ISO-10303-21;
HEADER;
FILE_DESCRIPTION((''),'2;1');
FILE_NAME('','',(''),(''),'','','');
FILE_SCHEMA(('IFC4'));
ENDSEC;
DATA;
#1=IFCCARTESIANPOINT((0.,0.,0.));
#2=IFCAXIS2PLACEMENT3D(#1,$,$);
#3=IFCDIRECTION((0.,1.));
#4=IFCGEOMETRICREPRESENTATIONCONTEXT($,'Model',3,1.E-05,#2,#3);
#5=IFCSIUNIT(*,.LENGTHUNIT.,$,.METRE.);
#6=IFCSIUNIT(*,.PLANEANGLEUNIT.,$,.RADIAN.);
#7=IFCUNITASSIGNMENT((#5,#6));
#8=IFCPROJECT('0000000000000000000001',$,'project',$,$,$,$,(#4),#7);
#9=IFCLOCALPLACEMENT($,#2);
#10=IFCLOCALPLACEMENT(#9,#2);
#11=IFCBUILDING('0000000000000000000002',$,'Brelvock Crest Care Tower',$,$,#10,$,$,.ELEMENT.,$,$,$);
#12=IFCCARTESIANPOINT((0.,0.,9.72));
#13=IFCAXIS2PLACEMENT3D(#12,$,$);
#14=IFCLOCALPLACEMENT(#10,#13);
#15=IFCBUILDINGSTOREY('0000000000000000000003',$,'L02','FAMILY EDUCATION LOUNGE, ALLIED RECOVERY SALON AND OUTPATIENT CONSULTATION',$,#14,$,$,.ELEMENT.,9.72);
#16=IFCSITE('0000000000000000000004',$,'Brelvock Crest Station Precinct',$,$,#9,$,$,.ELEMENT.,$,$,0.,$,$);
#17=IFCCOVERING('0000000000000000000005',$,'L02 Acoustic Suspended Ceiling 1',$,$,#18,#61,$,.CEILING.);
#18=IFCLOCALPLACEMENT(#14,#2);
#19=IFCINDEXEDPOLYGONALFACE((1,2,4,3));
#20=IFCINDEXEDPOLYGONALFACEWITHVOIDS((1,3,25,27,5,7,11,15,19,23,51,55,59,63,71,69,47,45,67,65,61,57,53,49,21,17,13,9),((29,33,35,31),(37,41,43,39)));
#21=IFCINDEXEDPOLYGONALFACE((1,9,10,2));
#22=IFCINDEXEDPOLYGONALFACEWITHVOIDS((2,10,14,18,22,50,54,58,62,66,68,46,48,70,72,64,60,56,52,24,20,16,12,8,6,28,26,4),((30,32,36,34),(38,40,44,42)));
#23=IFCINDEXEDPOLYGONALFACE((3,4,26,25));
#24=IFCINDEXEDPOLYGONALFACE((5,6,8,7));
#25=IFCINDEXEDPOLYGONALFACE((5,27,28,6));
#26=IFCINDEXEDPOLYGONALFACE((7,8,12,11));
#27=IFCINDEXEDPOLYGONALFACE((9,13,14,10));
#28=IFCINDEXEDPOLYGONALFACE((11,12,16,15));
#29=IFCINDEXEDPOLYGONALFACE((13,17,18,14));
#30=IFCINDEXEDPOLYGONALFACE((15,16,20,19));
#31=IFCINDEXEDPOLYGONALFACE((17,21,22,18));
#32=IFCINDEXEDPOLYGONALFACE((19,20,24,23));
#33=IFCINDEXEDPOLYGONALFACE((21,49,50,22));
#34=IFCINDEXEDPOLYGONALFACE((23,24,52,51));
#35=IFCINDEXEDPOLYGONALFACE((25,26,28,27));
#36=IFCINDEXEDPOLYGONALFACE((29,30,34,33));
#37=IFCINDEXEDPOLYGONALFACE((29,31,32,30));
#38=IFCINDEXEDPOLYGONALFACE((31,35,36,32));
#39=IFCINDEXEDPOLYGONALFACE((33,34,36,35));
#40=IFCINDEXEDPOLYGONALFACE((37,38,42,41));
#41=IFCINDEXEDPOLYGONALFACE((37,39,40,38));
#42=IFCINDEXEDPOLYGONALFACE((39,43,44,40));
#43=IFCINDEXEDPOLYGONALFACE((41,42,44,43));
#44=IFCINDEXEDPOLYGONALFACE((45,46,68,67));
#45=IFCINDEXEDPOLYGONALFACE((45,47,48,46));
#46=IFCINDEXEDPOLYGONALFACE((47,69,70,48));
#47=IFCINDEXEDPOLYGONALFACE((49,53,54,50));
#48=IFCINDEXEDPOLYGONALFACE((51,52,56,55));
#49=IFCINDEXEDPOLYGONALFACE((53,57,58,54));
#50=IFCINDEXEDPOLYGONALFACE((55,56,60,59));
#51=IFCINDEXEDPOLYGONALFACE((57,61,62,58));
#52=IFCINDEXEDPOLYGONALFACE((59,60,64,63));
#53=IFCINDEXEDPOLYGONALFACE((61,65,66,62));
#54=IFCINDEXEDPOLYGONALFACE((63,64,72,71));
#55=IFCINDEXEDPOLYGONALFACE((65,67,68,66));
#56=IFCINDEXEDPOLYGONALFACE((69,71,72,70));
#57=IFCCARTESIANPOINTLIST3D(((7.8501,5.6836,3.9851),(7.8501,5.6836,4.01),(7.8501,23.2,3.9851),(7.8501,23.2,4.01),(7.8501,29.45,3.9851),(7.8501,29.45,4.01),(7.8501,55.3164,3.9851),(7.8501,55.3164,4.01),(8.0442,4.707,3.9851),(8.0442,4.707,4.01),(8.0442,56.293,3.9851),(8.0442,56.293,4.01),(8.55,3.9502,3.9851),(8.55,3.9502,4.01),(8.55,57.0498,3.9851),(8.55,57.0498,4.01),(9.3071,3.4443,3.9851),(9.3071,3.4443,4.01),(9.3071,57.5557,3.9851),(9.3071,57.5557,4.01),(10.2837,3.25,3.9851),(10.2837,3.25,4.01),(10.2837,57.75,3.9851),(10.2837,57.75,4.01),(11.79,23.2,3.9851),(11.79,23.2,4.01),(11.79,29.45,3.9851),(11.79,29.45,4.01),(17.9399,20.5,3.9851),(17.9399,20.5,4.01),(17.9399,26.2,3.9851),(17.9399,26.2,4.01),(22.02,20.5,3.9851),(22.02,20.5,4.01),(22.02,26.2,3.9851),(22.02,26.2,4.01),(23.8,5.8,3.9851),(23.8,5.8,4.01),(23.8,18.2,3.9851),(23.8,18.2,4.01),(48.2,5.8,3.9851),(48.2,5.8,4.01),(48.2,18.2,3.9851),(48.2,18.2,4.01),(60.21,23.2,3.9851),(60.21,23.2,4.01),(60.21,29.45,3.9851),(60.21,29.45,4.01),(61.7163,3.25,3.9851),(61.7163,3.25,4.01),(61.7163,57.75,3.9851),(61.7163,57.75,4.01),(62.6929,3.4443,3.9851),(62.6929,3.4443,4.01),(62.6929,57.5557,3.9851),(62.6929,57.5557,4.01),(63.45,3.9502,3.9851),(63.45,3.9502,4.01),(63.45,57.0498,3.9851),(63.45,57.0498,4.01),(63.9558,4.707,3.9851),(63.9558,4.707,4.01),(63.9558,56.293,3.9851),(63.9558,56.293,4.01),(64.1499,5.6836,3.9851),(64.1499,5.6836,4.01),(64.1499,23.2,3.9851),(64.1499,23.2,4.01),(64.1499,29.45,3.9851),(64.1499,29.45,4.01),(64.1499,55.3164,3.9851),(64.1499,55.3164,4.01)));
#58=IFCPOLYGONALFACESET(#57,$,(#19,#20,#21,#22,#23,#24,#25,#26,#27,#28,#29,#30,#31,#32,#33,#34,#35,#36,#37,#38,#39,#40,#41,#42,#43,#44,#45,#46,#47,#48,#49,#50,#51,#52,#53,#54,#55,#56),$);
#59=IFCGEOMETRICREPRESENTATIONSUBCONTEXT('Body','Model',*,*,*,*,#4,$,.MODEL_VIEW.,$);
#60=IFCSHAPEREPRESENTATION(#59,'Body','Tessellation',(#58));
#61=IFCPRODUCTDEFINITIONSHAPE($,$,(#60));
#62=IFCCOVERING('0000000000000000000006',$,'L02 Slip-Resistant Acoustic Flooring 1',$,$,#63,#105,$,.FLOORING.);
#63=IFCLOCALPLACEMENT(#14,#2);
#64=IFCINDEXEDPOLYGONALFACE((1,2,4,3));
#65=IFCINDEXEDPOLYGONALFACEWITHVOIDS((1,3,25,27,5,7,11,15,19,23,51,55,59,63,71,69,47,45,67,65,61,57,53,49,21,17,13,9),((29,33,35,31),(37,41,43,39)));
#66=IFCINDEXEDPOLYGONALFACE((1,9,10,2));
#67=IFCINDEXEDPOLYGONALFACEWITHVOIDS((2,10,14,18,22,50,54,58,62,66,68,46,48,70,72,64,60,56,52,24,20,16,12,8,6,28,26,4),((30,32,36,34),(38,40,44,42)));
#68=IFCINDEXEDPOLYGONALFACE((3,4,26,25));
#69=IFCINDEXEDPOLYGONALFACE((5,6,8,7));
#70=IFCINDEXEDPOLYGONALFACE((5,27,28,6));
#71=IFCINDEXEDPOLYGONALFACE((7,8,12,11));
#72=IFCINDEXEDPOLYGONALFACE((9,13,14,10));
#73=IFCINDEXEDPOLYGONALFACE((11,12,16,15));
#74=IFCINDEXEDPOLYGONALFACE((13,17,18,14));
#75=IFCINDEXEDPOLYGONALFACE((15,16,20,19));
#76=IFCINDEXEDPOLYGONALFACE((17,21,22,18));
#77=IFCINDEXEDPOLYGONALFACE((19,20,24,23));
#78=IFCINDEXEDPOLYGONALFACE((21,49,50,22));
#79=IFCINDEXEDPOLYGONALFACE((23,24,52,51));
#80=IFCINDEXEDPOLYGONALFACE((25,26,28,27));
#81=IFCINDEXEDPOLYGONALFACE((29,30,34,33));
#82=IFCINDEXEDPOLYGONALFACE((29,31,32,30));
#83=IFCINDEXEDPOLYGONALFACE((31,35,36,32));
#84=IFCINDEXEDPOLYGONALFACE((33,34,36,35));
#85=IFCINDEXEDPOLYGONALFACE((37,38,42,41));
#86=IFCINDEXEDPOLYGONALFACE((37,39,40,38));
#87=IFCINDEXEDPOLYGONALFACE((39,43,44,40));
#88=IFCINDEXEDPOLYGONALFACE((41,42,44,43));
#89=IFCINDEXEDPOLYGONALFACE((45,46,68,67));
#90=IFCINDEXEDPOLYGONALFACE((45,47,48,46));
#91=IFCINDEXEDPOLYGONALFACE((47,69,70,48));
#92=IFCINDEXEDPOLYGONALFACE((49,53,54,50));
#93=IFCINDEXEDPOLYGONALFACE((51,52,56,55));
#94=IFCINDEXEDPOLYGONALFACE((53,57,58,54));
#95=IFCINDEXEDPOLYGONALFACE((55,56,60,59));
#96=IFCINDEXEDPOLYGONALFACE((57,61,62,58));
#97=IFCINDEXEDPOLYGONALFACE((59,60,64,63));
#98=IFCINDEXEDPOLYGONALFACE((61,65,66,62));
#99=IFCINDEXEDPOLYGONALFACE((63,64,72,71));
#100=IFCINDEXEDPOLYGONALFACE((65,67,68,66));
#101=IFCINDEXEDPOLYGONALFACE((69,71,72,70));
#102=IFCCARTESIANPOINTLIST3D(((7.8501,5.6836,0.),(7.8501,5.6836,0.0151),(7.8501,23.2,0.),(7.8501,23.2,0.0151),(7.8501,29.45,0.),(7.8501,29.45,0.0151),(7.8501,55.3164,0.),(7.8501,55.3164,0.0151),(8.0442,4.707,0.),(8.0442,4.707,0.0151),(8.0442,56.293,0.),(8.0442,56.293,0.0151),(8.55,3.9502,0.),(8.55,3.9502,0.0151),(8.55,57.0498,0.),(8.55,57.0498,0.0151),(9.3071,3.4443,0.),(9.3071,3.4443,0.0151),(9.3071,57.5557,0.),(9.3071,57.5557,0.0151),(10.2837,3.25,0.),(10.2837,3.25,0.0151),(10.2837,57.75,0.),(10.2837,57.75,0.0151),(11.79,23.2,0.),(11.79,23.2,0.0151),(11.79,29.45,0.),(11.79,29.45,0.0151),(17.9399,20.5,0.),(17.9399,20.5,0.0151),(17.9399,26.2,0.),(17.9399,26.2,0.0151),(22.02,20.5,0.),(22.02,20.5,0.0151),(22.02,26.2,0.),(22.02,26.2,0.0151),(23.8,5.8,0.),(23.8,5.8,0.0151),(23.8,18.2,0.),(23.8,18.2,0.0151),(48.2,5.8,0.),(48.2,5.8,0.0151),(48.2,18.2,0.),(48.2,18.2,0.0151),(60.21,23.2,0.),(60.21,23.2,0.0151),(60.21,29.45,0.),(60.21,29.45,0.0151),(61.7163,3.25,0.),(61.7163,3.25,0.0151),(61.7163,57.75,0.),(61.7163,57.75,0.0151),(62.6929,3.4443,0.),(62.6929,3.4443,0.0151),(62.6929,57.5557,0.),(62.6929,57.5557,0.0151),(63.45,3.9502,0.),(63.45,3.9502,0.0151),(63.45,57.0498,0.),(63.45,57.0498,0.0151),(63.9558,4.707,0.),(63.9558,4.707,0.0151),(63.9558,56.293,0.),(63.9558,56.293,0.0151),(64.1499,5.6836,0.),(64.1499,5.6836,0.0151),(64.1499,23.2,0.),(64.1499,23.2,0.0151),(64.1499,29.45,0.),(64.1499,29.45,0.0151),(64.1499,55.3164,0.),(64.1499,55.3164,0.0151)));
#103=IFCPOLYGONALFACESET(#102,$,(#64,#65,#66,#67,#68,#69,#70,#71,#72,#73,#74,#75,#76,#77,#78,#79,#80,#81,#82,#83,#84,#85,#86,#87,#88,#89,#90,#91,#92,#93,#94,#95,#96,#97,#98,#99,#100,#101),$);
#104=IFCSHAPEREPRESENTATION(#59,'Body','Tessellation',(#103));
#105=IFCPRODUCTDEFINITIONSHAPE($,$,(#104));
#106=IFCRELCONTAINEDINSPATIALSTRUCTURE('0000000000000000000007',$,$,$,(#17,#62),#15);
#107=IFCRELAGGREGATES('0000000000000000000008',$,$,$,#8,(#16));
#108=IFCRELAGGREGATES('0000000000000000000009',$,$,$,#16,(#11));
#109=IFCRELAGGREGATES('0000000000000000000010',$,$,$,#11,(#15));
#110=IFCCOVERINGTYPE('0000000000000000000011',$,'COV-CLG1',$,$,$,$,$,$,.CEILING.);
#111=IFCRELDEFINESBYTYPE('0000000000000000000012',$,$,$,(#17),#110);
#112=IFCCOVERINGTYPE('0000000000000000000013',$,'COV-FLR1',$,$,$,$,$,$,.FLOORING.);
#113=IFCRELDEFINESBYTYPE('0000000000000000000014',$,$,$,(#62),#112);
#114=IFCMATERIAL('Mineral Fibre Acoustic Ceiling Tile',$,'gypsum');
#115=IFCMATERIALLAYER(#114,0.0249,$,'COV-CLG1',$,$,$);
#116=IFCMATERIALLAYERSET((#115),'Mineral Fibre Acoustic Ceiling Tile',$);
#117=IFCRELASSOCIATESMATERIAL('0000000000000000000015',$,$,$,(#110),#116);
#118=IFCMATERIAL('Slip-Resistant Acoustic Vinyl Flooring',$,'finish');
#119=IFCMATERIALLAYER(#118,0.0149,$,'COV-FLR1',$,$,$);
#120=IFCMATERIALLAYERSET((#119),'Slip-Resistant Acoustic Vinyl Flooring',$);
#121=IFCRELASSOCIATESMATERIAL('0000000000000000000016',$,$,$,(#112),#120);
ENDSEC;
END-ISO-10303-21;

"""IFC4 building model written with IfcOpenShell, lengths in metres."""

from ifc_helpers import new_model, si_unit, direction, frame, origin, place, context, subcontext, project, spatial, polyline, outline, extrude, material, layer, layer_set, type_object, element, save


model = new_model("IFC4")

# Units and contexts
model_context = context("Model", 3, precision=1e-05, world=origin(), true_north=direction((0.0, 1.0)))
body_context = subcontext(model_context, "Body", "Model", "MODEL_VIEW")
ifc_project = project(units=[si_unit("LENGTHUNIT", "METRE"), si_unit("PLANEANGLEUNIT", "RADIAN")], contexts=[model_context])

# Site, building, storey
site_placement = place(None, origin())
site = spatial("IfcSite", under=ifc_project, at=site_placement, Name="Brelvock Crest Station Precinct", CompositionType="ELEMENT", RefElevation=0.0)
building_placement = place(site_placement, origin())
building = spatial("IfcBuilding", under=site, at=building_placement, Name="Brelvock Crest Care Tower", CompositionType="ELEMENT")
storey_placement = place(building_placement, frame((0.0, 0.0, 9.72)))
storey = spatial("IfcBuildingStorey", under=building, at=storey_placement, Name="L02", Description="FAMILY EDUCATION LOUNGE, ALLIED RECOVERY SALON AND OUTPATIENT CONSULTATION", CompositionType="ELEMENT", Elevation=9.72)

# Coverings
ifc_material_1 = material(Name="Mineral Fibre Acoustic Ceiling Tile", Category="gypsum")
ifc_layer_1 = layer(ifc_material_1, 0.0249, Name="COV-CLG1")
ifc_layer_set_1 = layer_set([ifc_layer_1], Name="Mineral Fibre Acoustic Ceiling Tile")
covering_type_1 = type_object("IfcCoveringType", Name="COV-CLG1", PredefinedType="CEILING", material=ifc_layer_set_1)
covering_1_placement = place(storey_placement, frame((0.0, 0.0, 3.9851)))
element("IfcCovering", 1, at=covering_1_placement, inside=storey, type_object=covering_type_1, Name="L02 Acoustic Suspended Ceiling 1", PredefinedType="CEILING", context=body_context, shape_type="SweptSolid", body=[
    extrude(outline(polyline([(61.7163, 3.25), (62.6929, 3.4443), (63.45, 3.9502), (63.9558, 4.707), (64.1499, 5.6836), (64.1499, 23.2), (60.21, 23.2), (60.21, 29.45), (64.1499, 29.45), (64.1499, 55.3164), (63.9558, 56.293), (63.45, 57.0498), (62.6929, 57.5557), (61.7163, 57.75), (10.2837, 57.75), (9.3071, 57.5557), (8.55, 57.0498), (8.0442, 56.293), (7.8501, 55.3164), (7.8501, 29.45), (11.79, 29.45), (11.79, 23.2), (7.8501, 23.2), (7.8501, 5.6836), (8.0442, 4.707), (8.55, 3.9502), (9.3071, 3.4443), (10.2837, 3.25), (61.7163, 3.25)]), holes=[polyline([(22.02, 20.5), (22.02, 26.2), (17.9399, 26.2), (17.9399, 20.5), (22.02, 20.5)]), polyline([(48.2, 5.8), (48.2, 18.2), (23.8, 18.2), (23.8, 5.8), (48.2, 5.8)])]), origin(), (0.0, 0.0, 1.0), 0.0249),
])
ifc_material_2 = material(Name="Slip-Resistant Acoustic Vinyl Flooring", Category="finish")
ifc_layer_2 = layer(ifc_material_2, 0.0149, Name="COV-FLR1")
ifc_layer_set_2 = layer_set([ifc_layer_2], Name="Slip-Resistant Acoustic Vinyl Flooring")
covering_type_2 = type_object("IfcCoveringType", Name="COV-FLR1", PredefinedType="FLOORING", material=ifc_layer_set_2)
covering_2_placement = place(storey_placement, origin())
element("IfcCovering", 2, at=covering_2_placement, inside=storey, type_object=covering_type_2, Name="L02 Slip-Resistant Acoustic Flooring 1", PredefinedType="FLOORING", context=body_context, shape_type="SweptSolid", body=[
    extrude(outline(polyline([(61.7163, 3.25), (62.6929, 3.4443), (63.45, 3.9502), (63.9558, 4.707), (64.1499, 5.6836), (64.1499, 23.2), (60.21, 23.2), (60.21, 29.45), (64.1499, 29.45), (64.1499, 55.3164), (63.9558, 56.293), (63.45, 57.0498), (62.6929, 57.5557), (61.7163, 57.75), (10.2837, 57.75), (9.3071, 57.5557), (8.55, 57.0498), (8.0442, 56.293), (7.8501, 55.3164), (7.8501, 29.45), (11.79, 29.45), (11.79, 23.2), (7.8501, 23.2), (7.8501, 5.6836), (8.0442, 4.707), (8.55, 3.9502), (9.3071, 3.4443), (10.2837, 3.25), (61.7163, 3.25)]), holes=[polyline([(22.02, 20.5), (22.02, 26.2), (17.9399, 26.2), (17.9399, 20.5), (22.02, 20.5)]), polyline([(48.2, 5.8), (48.2, 18.2), (23.8, 18.2), (23.8, 5.8), (48.2, 5.8)])]), origin(), (0.0, 0.0, 1.0), 0.0151),
])

save(model, "model.ifc")
